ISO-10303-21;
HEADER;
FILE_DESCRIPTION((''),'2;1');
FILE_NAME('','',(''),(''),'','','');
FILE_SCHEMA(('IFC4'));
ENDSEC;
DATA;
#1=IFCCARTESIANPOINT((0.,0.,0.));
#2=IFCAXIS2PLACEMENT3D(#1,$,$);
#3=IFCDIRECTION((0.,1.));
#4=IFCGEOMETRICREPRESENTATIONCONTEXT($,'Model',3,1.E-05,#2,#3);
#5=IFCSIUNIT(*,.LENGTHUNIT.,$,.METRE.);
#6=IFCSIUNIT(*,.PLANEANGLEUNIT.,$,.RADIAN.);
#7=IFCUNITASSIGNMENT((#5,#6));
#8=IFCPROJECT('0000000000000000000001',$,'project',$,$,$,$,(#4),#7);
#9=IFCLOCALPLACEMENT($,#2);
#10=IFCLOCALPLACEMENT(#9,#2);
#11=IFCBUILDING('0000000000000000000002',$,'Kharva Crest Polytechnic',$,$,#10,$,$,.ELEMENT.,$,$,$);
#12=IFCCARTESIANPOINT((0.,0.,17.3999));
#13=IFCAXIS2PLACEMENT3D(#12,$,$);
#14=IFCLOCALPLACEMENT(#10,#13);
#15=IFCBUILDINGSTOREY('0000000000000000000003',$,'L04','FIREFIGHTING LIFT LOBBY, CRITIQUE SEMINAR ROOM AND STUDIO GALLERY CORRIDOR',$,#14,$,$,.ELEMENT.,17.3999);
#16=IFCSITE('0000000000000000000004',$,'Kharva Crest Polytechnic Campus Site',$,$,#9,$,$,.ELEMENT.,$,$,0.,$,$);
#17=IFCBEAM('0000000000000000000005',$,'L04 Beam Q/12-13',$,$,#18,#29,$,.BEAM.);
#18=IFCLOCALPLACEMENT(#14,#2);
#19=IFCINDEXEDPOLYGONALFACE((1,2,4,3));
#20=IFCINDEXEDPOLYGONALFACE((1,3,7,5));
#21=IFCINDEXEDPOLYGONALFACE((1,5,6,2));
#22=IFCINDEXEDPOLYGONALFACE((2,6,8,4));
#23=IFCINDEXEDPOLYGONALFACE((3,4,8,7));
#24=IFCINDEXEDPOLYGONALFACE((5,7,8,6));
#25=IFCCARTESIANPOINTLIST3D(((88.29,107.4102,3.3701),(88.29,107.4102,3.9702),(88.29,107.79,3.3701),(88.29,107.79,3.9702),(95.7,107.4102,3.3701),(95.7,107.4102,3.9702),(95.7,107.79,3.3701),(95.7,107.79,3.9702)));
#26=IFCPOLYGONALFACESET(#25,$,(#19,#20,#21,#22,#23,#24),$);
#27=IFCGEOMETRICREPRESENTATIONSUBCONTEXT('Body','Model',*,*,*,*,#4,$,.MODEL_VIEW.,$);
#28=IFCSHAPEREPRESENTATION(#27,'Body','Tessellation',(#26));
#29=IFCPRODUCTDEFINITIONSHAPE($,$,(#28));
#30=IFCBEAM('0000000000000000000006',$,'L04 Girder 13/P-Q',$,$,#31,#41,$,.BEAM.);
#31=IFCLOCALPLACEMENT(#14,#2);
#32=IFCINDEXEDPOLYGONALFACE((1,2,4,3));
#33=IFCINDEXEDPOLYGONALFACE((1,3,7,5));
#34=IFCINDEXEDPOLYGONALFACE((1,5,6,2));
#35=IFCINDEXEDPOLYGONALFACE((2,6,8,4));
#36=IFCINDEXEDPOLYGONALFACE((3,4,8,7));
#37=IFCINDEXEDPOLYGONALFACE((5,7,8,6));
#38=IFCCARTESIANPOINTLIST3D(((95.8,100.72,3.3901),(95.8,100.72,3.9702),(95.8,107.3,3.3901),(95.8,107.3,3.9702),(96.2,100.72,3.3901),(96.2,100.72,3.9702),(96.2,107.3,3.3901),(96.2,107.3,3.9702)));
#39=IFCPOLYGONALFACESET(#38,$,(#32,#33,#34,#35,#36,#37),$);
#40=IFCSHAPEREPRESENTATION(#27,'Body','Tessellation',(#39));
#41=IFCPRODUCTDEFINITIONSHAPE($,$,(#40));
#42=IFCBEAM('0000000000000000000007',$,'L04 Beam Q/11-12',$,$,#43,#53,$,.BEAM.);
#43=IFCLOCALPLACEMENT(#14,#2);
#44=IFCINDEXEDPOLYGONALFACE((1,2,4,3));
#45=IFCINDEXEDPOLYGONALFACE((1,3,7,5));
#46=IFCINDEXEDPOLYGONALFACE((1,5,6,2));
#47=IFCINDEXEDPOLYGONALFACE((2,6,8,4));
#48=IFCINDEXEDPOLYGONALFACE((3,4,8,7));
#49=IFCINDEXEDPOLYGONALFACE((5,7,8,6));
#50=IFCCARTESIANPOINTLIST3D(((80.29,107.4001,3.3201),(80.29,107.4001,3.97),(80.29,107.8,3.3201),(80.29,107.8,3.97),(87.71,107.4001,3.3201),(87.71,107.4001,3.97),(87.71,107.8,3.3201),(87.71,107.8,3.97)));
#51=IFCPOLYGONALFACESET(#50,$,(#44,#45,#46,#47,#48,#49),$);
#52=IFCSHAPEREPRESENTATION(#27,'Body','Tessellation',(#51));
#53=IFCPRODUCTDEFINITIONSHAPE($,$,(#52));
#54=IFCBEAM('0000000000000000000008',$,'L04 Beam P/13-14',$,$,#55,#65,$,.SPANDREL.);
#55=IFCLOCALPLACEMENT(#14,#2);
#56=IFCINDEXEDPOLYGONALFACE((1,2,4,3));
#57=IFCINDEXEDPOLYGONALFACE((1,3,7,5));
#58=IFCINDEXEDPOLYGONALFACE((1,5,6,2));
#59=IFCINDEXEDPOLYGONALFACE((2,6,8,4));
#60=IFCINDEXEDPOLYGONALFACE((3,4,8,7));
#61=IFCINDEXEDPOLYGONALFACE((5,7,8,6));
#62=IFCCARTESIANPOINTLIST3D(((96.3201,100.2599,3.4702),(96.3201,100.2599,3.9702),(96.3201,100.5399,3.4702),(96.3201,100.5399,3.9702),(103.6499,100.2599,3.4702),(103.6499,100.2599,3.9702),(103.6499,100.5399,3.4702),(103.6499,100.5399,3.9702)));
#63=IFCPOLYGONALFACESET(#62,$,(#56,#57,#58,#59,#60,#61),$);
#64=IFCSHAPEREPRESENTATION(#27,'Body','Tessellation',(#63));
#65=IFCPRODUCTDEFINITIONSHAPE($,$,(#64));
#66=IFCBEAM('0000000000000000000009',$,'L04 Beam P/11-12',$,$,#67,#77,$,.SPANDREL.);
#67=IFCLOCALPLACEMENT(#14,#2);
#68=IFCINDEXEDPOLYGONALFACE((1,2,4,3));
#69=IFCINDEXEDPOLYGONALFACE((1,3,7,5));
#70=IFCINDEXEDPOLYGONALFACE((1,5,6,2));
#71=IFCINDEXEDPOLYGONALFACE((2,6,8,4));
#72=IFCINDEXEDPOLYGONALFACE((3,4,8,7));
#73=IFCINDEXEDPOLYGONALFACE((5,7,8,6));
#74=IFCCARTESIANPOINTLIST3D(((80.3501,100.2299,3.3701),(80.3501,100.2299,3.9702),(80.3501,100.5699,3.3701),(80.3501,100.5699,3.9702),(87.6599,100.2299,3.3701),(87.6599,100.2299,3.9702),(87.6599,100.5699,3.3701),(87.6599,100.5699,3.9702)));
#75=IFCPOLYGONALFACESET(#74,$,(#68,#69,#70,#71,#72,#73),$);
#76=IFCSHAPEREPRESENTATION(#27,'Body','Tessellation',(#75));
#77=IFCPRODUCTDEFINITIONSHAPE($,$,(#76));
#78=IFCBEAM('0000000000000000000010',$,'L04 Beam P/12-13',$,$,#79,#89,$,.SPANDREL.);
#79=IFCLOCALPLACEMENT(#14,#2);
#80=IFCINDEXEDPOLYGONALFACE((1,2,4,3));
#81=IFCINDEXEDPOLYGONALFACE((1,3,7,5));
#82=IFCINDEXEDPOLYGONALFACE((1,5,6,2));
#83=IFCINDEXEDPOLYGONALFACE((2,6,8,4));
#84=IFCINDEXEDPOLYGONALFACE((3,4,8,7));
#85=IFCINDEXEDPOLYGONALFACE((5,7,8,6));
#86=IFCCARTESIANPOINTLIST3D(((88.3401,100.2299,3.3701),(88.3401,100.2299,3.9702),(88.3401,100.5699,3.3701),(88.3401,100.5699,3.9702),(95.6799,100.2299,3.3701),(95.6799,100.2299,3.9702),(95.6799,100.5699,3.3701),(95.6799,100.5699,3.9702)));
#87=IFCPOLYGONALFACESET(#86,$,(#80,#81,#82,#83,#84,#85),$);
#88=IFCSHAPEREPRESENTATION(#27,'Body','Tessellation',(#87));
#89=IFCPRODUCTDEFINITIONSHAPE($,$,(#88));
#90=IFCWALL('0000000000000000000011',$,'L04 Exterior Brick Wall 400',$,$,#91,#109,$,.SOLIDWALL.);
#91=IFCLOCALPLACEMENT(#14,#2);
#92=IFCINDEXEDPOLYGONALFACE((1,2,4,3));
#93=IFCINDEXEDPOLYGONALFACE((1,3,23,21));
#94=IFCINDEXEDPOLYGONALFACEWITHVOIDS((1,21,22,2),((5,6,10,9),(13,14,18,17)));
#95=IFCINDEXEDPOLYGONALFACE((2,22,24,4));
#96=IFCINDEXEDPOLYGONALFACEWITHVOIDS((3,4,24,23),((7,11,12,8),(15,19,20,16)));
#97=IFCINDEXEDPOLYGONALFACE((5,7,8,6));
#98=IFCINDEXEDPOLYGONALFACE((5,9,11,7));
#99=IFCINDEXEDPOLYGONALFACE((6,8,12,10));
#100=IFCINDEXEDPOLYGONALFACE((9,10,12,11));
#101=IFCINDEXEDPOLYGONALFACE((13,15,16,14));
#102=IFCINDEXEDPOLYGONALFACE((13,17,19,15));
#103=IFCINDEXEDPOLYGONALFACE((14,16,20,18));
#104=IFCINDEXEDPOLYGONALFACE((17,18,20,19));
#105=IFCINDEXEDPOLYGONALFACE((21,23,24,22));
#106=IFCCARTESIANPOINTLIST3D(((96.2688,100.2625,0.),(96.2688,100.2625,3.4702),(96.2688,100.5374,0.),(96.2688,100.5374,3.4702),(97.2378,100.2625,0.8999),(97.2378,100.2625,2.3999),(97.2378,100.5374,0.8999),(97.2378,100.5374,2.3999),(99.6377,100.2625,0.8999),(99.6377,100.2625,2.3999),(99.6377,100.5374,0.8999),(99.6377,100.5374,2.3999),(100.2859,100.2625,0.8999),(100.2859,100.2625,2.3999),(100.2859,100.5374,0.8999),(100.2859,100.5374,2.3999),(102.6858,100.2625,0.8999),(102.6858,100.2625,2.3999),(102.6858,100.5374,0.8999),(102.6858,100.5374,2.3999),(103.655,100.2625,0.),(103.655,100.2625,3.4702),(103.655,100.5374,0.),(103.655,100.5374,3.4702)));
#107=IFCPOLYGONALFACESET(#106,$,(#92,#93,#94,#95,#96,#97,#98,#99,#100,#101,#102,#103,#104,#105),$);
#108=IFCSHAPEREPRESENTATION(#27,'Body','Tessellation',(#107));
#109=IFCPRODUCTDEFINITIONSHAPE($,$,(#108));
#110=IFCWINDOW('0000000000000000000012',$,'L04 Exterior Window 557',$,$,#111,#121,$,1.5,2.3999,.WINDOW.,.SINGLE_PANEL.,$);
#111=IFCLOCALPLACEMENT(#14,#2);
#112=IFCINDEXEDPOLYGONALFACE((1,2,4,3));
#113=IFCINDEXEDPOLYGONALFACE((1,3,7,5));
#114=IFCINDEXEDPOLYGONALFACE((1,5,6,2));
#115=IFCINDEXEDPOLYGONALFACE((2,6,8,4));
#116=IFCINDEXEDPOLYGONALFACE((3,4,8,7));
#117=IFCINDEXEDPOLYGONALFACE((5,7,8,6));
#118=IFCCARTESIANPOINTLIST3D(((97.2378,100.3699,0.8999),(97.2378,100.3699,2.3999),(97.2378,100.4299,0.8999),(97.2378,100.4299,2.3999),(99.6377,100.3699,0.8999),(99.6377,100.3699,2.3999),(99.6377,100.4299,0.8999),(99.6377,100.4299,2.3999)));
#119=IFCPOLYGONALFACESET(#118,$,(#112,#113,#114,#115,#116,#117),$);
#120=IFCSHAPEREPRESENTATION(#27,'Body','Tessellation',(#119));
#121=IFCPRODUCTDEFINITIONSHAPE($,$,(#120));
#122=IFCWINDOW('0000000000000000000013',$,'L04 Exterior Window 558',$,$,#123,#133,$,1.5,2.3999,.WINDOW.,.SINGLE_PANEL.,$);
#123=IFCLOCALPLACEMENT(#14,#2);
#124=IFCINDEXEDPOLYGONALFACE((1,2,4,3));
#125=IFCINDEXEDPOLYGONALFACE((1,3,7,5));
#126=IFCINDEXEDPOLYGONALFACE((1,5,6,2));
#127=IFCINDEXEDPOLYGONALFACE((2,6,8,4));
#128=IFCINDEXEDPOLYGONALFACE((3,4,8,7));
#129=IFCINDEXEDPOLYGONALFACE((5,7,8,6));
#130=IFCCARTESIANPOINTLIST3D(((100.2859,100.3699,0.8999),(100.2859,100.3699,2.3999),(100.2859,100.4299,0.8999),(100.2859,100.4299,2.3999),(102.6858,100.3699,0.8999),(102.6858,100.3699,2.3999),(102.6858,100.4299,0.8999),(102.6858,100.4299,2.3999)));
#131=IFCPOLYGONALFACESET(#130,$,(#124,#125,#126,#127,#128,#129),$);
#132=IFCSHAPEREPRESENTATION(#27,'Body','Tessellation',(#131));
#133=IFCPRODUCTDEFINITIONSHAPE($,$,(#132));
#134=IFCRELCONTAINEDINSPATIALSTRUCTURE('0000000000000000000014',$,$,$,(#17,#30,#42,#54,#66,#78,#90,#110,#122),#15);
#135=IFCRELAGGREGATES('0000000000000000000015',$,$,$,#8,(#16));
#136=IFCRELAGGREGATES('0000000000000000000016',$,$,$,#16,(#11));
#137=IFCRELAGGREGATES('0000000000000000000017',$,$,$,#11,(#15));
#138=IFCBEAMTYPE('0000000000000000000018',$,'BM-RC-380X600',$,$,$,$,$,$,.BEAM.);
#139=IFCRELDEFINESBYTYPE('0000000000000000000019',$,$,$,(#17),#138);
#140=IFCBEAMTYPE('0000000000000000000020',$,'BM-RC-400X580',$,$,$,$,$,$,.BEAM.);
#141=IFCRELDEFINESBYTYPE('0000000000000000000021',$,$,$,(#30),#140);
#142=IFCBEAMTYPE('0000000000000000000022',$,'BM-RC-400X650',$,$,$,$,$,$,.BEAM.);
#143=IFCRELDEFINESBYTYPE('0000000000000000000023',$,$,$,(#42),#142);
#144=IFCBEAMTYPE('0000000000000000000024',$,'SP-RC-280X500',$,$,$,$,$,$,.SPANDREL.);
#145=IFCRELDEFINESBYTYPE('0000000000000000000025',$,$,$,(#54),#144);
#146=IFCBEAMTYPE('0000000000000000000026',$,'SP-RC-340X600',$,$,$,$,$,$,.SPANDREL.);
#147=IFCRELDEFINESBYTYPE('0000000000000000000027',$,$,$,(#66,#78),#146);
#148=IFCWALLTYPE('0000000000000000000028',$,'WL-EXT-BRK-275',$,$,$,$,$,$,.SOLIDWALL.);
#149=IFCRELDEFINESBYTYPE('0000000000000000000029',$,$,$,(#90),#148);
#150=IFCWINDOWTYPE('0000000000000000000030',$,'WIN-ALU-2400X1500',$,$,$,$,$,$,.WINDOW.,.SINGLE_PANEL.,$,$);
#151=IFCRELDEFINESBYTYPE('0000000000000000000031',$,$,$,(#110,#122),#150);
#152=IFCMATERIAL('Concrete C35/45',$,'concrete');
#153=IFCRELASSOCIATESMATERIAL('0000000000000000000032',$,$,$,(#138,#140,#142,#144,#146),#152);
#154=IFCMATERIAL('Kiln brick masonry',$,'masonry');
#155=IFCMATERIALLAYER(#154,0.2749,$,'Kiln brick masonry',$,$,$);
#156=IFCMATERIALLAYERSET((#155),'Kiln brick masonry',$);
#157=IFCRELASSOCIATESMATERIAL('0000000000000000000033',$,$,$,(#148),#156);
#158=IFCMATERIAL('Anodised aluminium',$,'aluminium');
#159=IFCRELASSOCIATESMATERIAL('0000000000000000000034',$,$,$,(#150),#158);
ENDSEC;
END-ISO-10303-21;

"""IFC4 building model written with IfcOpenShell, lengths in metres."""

from ifc_helpers import new_model, si_unit, direction, frame, frame_2d, origin, origin_2d, place, context, subcontext, project, spatial, rectangle, extrude, material, layer, layer_set, material_profile, profile_set, type_object, element, fill, save


model = new_model("IFC4")

# Units and contexts
model_context = context("Model", 3, precision=1e-05, world=origin(), true_north=direction((0.0, 1.0)))
body_context = subcontext(model_context, "Body", "Model", "MODEL_VIEW")
ifc_project = project(units=[si_unit("LENGTHUNIT", "METRE"), si_unit("PLANEANGLEUNIT", "RADIAN")], contexts=[model_context])

# Site, building, storey
site_placement = place(None, origin())
site = spatial("IfcSite", under=ifc_project, at=site_placement, Name="Kharva Crest Polytechnic Campus Site", CompositionType="ELEMENT", RefElevation=0.0)
building_placement = place(site_placement, origin())
building = spatial("IfcBuilding", under=site, at=building_placement, Name="Kharva Crest Polytechnic", CompositionType="ELEMENT")
storey_placement = place(building_placement, frame((0.0, 0.0, 17.3999)))
storey = spatial("IfcBuildingStorey", under=building, at=storey_placement, Name="L04", Description="FIREFIGHTING LIFT LOBBY, CRITIQUE SEMINAR ROOM AND STUDIO GALLERY CORRIDOR", CompositionType="ELEMENT", Elevation=17.3999)

# Beams
ifc_material_1 = material(Name="Concrete C35/45", Category="concrete")
ifc_material_profile_1 = material_profile(ifc_material_1, rectangle(XDim=0.3799, YDim=0.6001, at=origin_2d()), Name="RECT 380 X 600")
ifc_profile_set_1 = profile_set([ifc_material_profile_1], Name="Concrete C35/45")
beam_type_1 = type_object("IfcBeamType", Name="BM-RC-380X600", PredefinedType="BEAM", material=ifc_profile_set_1)
beam_1_placement = place(storey_placement, frame((88.29, 107.6001, 3.6702), z_axis=(1.0, 0.0, 0.0), x_axis=(0.0, 1.0, 0.0)))
element("IfcBeam", 1, at=beam_1_placement, inside=storey, type_object=beam_type_1, Name="L04 Beam Q/12-13", PredefinedType="BEAM", context=body_context, shape_type="SweptSolid", body=[
    extrude(rectangle(XDim=0.3799, YDim=0.6001, at=origin_2d()), origin(), (0.0, 0.0, 1.0), 7.4099),
])
ifc_material_profile_2 = material_profile(ifc_material_1, rectangle(XDim=0.3999, YDim=0.5801, at=origin_2d()), Name="RECT 400 X 580")
ifc_profile_set_2 = profile_set([ifc_material_profile_2], Name="Concrete C35/45")
beam_type_2 = type_object("IfcBeamType", Name="BM-RC-400X580", PredefinedType="BEAM", material=ifc_profile_set_2)
beam_2_placement = place(storey_placement, frame((96.0, 100.72, 3.6802), z_axis=(0.0, 1.0, 0.0), x_axis=(-1.0, 0.0, 0.0)))
element("IfcBeam", 2, at=beam_2_placement, inside=storey, type_object=beam_type_2, Name="L04 Girder 13/P-Q", PredefinedType="BEAM", context=body_context, shape_type="SweptSolid", body=[
    extrude(rectangle(XDim=0.3999, YDim=0.5801, at=origin_2d()), origin(), (0.0, 0.0, 1.0), 6.5801),
])
ifc_material_profile_3 = material_profile(ifc_material_1, rectangle(XDim=0.3999, YDim=0.6499, at=origin_2d()), Name="RECT 400 X 650")
ifc_profile_set_3 = profile_set([ifc_material_profile_3], Name="Concrete C35/45")
beam_type_3 = type_object("IfcBeamType", Name="BM-RC-400X650", PredefinedType="BEAM", material=ifc_profile_set_3)
beam_3_placement = place(storey_placement, frame((80.29, 107.6001, 3.645), z_axis=(1.0, 0.0, 0.0), x_axis=(0.0, 1.0, 0.0)))
element("IfcBeam", 3, at=beam_3_placement, inside=storey, type_object=beam_type_3, Name="L04 Beam Q/11-12", PredefinedType="BEAM", context=body_context, shape_type="SweptSolid", body=[
    extrude(rectangle(XDim=0.3999, YDim=0.6499, at=origin_2d()), origin(), (0.0, 0.0, 1.0), 7.4199),
])
ifc_material_profile_4 = material_profile(ifc_material_1, rectangle(XDim=0.28, YDim=0.5, at=origin_2d()), Name="RECT 280 X 500")
ifc_profile_set_4 = profile_set([ifc_material_profile_4], Name="Concrete C35/45")
beam_type_4 = type_object("IfcBeamType", Name="SP-RC-280X500", PredefinedType="SPANDREL", material=ifc_profile_set_4)
beam_4_placement = place(storey_placement, frame((96.3201, 100.3999, 3.7202), z_axis=(1.0, 0.0, 0.0), x_axis=(0.0, 1.0, 0.0)))
element("IfcBeam", 4, at=beam_4_placement, inside=storey, type_object=beam_type_4, Name="L04 Beam P/13-14", PredefinedType="SPANDREL", context=body_context, shape_type="SweptSolid", body=[
    extrude(rectangle(XDim=0.28, YDim=0.5, at=origin_2d()), origin(), (0.0, 0.0, 1.0), 7.3298),
])
ifc_material_profile_5 = material_profile(ifc_material_1, rectangle(XDim=0.3401, YDim=0.6001, at=origin_2d()), Name="RECT 340 X 600")
ifc_profile_set_5 = profile_set([ifc_material_profile_5], Name="Concrete C35/45")
beam_type_5 = type_object("IfcBeamType", Name="SP-RC-340X600", PredefinedType="SPANDREL", material=ifc_profile_set_5)
beam_5_placement = place(storey_placement, frame((80.3501, 100.3999, 3.6702), z_axis=(1.0, 0.0, 0.0), x_axis=(0.0, 1.0, 0.0)))
element("IfcBeam", 5, at=beam_5_placement, inside=storey, type_object=beam_type_5, Name="L04 Beam P/11-12", PredefinedType="SPANDREL", context=body_context, shape_type="SweptSolid", body=[
    extrude(rectangle(XDim=0.3401, YDim=0.6001, at=origin_2d()), origin(), (0.0, 0.0, 1.0), 7.3098),
])
beam_6_placement = place(storey_placement, frame((88.3401, 100.3999, 3.6702), z_axis=(1.0, 0.0, 0.0), x_axis=(0.0, 1.0, 0.0)))
element("IfcBeam", 6, at=beam_6_placement, inside=storey, type_object=beam_type_5, Name="L04 Beam P/12-13", PredefinedType="SPANDREL", context=body_context, shape_type="SweptSolid", body=[
    extrude(rectangle(XDim=0.3401, YDim=0.6001, at=origin_2d()), origin(), (0.0, 0.0, 1.0), 7.3398),
])

# Wall, openings, windows
ifc_material_2 = material(Name="Kiln brick masonry", Category="masonry")
ifc_layer_1 = layer(ifc_material_2, 0.2749, Name="Kiln brick masonry")
ifc_layer_set_1 = layer_set([ifc_layer_1], Name="Kiln brick masonry")
wall_type_1 = type_object("IfcWallType", Name="WL-EXT-BRK-275", PredefinedType="SOLIDWALL", material=ifc_layer_set_1)
wall_1_placement = place(storey_placement, frame((96.2688, 100.3999, 0.0), z_axis=(0.0, 0.0, 1.0), x_axis=(1.0, 0.0, 0.0)))
wall_1 = element("IfcWall", 7, at=wall_1_placement, inside=storey, type_object=wall_type_1, Name="L04 Exterior Brick Wall 400", PredefinedType="SOLIDWALL", context=body_context, shape_type="SweptSolid", body=[
    extrude(rectangle(XDim=7.3862, YDim=0.2749, at=frame_2d((3.6931, 0.0))), origin(), (0.0, 0.0, 1.0), 3.4702),
])
opening_1_placement = place(wall_1_placement, frame((0.969, 0.0, 0.8999)))
opening_1 = element("IfcOpeningElement", 8, at=opening_1_placement, cuts=wall_1, PredefinedType="OPENING", context=body_context, shape_type="SweptSolid", body=[
    extrude(rectangle(XDim=2.3999, YDim=1.5, at=frame_2d((1.2, 0.75))), frame((0.0, 0.1475, 0.0), z_axis=(0.0, -1.0, 0.0), x_axis=(1.0, 0.0, 0.0)), (0.0, 0.0, 1.0), 0.2949),
])
opening_2_placement = place(wall_1_placement, frame((4.0171, 0.0, 0.8999)))
opening_2 = element("IfcOpeningElement", 9, at=opening_2_placement, cuts=wall_1, PredefinedType="OPENING", context=body_context, shape_type="SweptSolid", body=[
    extrude(rectangle(XDim=2.3999, YDim=1.5, at=frame_2d((1.2, 0.75))), frame((0.0, 0.1475, 0.0), z_axis=(0.0, -1.0, 0.0), x_axis=(1.0, 0.0, 0.0)), (0.0, 0.0, 1.0), 0.2949),
])
ifc_material_3 = material(Name="Anodised aluminium", Category="aluminium")
window_type_1 = type_object("IfcWindowType", Name="WIN-ALU-2400X1500", PartitioningType="SINGLE_PANEL", PredefinedType="WINDOW", material=ifc_material_3)
window_1_placement = place(opening_1_placement, origin())
window_1 = element("IfcWindow", 10, at=window_1_placement, inside=storey, type_object=window_type_1, Name="L04 Exterior Window 557", OverallHeight=1.5, OverallWidth=2.3999, PartitioningType="SINGLE_PANEL", PredefinedType="WINDOW", context=body_context, shape_type="SweptSolid", body=[
    extrude(rectangle(XDim=2.3999, YDim=1.5, at=frame_2d((1.2, 0.75))), frame((0.0, 0.03, 0.0), z_axis=(0.0, -1.0, 0.0), x_axis=(1.0, 0.0, 0.0)), (0.0, 0.0, 1.0), 0.0601),
])
fill(opening_1, window_1)
window_2_placement = place(opening_2_placement, origin())
window_2 = element("IfcWindow", 11, at=window_2_placement, inside=storey, type_object=window_type_1, Name="L04 Exterior Window 558", OverallHeight=1.5, OverallWidth=2.3999, PartitioningType="SINGLE_PANEL", PredefinedType="WINDOW", context=body_context, shape_type="SweptSolid", body=[
    extrude(rectangle(XDim=2.3999, YDim=1.5, at=frame_2d((1.2, 0.75))), frame((0.0, 0.03, 0.0), z_axis=(0.0, -1.0, 0.0), x_axis=(1.0, 0.0, 0.0)), (0.0, 0.0, 1.0), 0.0601),
])
fill(opening_2, window_2)

save(model, "model.ifc")
